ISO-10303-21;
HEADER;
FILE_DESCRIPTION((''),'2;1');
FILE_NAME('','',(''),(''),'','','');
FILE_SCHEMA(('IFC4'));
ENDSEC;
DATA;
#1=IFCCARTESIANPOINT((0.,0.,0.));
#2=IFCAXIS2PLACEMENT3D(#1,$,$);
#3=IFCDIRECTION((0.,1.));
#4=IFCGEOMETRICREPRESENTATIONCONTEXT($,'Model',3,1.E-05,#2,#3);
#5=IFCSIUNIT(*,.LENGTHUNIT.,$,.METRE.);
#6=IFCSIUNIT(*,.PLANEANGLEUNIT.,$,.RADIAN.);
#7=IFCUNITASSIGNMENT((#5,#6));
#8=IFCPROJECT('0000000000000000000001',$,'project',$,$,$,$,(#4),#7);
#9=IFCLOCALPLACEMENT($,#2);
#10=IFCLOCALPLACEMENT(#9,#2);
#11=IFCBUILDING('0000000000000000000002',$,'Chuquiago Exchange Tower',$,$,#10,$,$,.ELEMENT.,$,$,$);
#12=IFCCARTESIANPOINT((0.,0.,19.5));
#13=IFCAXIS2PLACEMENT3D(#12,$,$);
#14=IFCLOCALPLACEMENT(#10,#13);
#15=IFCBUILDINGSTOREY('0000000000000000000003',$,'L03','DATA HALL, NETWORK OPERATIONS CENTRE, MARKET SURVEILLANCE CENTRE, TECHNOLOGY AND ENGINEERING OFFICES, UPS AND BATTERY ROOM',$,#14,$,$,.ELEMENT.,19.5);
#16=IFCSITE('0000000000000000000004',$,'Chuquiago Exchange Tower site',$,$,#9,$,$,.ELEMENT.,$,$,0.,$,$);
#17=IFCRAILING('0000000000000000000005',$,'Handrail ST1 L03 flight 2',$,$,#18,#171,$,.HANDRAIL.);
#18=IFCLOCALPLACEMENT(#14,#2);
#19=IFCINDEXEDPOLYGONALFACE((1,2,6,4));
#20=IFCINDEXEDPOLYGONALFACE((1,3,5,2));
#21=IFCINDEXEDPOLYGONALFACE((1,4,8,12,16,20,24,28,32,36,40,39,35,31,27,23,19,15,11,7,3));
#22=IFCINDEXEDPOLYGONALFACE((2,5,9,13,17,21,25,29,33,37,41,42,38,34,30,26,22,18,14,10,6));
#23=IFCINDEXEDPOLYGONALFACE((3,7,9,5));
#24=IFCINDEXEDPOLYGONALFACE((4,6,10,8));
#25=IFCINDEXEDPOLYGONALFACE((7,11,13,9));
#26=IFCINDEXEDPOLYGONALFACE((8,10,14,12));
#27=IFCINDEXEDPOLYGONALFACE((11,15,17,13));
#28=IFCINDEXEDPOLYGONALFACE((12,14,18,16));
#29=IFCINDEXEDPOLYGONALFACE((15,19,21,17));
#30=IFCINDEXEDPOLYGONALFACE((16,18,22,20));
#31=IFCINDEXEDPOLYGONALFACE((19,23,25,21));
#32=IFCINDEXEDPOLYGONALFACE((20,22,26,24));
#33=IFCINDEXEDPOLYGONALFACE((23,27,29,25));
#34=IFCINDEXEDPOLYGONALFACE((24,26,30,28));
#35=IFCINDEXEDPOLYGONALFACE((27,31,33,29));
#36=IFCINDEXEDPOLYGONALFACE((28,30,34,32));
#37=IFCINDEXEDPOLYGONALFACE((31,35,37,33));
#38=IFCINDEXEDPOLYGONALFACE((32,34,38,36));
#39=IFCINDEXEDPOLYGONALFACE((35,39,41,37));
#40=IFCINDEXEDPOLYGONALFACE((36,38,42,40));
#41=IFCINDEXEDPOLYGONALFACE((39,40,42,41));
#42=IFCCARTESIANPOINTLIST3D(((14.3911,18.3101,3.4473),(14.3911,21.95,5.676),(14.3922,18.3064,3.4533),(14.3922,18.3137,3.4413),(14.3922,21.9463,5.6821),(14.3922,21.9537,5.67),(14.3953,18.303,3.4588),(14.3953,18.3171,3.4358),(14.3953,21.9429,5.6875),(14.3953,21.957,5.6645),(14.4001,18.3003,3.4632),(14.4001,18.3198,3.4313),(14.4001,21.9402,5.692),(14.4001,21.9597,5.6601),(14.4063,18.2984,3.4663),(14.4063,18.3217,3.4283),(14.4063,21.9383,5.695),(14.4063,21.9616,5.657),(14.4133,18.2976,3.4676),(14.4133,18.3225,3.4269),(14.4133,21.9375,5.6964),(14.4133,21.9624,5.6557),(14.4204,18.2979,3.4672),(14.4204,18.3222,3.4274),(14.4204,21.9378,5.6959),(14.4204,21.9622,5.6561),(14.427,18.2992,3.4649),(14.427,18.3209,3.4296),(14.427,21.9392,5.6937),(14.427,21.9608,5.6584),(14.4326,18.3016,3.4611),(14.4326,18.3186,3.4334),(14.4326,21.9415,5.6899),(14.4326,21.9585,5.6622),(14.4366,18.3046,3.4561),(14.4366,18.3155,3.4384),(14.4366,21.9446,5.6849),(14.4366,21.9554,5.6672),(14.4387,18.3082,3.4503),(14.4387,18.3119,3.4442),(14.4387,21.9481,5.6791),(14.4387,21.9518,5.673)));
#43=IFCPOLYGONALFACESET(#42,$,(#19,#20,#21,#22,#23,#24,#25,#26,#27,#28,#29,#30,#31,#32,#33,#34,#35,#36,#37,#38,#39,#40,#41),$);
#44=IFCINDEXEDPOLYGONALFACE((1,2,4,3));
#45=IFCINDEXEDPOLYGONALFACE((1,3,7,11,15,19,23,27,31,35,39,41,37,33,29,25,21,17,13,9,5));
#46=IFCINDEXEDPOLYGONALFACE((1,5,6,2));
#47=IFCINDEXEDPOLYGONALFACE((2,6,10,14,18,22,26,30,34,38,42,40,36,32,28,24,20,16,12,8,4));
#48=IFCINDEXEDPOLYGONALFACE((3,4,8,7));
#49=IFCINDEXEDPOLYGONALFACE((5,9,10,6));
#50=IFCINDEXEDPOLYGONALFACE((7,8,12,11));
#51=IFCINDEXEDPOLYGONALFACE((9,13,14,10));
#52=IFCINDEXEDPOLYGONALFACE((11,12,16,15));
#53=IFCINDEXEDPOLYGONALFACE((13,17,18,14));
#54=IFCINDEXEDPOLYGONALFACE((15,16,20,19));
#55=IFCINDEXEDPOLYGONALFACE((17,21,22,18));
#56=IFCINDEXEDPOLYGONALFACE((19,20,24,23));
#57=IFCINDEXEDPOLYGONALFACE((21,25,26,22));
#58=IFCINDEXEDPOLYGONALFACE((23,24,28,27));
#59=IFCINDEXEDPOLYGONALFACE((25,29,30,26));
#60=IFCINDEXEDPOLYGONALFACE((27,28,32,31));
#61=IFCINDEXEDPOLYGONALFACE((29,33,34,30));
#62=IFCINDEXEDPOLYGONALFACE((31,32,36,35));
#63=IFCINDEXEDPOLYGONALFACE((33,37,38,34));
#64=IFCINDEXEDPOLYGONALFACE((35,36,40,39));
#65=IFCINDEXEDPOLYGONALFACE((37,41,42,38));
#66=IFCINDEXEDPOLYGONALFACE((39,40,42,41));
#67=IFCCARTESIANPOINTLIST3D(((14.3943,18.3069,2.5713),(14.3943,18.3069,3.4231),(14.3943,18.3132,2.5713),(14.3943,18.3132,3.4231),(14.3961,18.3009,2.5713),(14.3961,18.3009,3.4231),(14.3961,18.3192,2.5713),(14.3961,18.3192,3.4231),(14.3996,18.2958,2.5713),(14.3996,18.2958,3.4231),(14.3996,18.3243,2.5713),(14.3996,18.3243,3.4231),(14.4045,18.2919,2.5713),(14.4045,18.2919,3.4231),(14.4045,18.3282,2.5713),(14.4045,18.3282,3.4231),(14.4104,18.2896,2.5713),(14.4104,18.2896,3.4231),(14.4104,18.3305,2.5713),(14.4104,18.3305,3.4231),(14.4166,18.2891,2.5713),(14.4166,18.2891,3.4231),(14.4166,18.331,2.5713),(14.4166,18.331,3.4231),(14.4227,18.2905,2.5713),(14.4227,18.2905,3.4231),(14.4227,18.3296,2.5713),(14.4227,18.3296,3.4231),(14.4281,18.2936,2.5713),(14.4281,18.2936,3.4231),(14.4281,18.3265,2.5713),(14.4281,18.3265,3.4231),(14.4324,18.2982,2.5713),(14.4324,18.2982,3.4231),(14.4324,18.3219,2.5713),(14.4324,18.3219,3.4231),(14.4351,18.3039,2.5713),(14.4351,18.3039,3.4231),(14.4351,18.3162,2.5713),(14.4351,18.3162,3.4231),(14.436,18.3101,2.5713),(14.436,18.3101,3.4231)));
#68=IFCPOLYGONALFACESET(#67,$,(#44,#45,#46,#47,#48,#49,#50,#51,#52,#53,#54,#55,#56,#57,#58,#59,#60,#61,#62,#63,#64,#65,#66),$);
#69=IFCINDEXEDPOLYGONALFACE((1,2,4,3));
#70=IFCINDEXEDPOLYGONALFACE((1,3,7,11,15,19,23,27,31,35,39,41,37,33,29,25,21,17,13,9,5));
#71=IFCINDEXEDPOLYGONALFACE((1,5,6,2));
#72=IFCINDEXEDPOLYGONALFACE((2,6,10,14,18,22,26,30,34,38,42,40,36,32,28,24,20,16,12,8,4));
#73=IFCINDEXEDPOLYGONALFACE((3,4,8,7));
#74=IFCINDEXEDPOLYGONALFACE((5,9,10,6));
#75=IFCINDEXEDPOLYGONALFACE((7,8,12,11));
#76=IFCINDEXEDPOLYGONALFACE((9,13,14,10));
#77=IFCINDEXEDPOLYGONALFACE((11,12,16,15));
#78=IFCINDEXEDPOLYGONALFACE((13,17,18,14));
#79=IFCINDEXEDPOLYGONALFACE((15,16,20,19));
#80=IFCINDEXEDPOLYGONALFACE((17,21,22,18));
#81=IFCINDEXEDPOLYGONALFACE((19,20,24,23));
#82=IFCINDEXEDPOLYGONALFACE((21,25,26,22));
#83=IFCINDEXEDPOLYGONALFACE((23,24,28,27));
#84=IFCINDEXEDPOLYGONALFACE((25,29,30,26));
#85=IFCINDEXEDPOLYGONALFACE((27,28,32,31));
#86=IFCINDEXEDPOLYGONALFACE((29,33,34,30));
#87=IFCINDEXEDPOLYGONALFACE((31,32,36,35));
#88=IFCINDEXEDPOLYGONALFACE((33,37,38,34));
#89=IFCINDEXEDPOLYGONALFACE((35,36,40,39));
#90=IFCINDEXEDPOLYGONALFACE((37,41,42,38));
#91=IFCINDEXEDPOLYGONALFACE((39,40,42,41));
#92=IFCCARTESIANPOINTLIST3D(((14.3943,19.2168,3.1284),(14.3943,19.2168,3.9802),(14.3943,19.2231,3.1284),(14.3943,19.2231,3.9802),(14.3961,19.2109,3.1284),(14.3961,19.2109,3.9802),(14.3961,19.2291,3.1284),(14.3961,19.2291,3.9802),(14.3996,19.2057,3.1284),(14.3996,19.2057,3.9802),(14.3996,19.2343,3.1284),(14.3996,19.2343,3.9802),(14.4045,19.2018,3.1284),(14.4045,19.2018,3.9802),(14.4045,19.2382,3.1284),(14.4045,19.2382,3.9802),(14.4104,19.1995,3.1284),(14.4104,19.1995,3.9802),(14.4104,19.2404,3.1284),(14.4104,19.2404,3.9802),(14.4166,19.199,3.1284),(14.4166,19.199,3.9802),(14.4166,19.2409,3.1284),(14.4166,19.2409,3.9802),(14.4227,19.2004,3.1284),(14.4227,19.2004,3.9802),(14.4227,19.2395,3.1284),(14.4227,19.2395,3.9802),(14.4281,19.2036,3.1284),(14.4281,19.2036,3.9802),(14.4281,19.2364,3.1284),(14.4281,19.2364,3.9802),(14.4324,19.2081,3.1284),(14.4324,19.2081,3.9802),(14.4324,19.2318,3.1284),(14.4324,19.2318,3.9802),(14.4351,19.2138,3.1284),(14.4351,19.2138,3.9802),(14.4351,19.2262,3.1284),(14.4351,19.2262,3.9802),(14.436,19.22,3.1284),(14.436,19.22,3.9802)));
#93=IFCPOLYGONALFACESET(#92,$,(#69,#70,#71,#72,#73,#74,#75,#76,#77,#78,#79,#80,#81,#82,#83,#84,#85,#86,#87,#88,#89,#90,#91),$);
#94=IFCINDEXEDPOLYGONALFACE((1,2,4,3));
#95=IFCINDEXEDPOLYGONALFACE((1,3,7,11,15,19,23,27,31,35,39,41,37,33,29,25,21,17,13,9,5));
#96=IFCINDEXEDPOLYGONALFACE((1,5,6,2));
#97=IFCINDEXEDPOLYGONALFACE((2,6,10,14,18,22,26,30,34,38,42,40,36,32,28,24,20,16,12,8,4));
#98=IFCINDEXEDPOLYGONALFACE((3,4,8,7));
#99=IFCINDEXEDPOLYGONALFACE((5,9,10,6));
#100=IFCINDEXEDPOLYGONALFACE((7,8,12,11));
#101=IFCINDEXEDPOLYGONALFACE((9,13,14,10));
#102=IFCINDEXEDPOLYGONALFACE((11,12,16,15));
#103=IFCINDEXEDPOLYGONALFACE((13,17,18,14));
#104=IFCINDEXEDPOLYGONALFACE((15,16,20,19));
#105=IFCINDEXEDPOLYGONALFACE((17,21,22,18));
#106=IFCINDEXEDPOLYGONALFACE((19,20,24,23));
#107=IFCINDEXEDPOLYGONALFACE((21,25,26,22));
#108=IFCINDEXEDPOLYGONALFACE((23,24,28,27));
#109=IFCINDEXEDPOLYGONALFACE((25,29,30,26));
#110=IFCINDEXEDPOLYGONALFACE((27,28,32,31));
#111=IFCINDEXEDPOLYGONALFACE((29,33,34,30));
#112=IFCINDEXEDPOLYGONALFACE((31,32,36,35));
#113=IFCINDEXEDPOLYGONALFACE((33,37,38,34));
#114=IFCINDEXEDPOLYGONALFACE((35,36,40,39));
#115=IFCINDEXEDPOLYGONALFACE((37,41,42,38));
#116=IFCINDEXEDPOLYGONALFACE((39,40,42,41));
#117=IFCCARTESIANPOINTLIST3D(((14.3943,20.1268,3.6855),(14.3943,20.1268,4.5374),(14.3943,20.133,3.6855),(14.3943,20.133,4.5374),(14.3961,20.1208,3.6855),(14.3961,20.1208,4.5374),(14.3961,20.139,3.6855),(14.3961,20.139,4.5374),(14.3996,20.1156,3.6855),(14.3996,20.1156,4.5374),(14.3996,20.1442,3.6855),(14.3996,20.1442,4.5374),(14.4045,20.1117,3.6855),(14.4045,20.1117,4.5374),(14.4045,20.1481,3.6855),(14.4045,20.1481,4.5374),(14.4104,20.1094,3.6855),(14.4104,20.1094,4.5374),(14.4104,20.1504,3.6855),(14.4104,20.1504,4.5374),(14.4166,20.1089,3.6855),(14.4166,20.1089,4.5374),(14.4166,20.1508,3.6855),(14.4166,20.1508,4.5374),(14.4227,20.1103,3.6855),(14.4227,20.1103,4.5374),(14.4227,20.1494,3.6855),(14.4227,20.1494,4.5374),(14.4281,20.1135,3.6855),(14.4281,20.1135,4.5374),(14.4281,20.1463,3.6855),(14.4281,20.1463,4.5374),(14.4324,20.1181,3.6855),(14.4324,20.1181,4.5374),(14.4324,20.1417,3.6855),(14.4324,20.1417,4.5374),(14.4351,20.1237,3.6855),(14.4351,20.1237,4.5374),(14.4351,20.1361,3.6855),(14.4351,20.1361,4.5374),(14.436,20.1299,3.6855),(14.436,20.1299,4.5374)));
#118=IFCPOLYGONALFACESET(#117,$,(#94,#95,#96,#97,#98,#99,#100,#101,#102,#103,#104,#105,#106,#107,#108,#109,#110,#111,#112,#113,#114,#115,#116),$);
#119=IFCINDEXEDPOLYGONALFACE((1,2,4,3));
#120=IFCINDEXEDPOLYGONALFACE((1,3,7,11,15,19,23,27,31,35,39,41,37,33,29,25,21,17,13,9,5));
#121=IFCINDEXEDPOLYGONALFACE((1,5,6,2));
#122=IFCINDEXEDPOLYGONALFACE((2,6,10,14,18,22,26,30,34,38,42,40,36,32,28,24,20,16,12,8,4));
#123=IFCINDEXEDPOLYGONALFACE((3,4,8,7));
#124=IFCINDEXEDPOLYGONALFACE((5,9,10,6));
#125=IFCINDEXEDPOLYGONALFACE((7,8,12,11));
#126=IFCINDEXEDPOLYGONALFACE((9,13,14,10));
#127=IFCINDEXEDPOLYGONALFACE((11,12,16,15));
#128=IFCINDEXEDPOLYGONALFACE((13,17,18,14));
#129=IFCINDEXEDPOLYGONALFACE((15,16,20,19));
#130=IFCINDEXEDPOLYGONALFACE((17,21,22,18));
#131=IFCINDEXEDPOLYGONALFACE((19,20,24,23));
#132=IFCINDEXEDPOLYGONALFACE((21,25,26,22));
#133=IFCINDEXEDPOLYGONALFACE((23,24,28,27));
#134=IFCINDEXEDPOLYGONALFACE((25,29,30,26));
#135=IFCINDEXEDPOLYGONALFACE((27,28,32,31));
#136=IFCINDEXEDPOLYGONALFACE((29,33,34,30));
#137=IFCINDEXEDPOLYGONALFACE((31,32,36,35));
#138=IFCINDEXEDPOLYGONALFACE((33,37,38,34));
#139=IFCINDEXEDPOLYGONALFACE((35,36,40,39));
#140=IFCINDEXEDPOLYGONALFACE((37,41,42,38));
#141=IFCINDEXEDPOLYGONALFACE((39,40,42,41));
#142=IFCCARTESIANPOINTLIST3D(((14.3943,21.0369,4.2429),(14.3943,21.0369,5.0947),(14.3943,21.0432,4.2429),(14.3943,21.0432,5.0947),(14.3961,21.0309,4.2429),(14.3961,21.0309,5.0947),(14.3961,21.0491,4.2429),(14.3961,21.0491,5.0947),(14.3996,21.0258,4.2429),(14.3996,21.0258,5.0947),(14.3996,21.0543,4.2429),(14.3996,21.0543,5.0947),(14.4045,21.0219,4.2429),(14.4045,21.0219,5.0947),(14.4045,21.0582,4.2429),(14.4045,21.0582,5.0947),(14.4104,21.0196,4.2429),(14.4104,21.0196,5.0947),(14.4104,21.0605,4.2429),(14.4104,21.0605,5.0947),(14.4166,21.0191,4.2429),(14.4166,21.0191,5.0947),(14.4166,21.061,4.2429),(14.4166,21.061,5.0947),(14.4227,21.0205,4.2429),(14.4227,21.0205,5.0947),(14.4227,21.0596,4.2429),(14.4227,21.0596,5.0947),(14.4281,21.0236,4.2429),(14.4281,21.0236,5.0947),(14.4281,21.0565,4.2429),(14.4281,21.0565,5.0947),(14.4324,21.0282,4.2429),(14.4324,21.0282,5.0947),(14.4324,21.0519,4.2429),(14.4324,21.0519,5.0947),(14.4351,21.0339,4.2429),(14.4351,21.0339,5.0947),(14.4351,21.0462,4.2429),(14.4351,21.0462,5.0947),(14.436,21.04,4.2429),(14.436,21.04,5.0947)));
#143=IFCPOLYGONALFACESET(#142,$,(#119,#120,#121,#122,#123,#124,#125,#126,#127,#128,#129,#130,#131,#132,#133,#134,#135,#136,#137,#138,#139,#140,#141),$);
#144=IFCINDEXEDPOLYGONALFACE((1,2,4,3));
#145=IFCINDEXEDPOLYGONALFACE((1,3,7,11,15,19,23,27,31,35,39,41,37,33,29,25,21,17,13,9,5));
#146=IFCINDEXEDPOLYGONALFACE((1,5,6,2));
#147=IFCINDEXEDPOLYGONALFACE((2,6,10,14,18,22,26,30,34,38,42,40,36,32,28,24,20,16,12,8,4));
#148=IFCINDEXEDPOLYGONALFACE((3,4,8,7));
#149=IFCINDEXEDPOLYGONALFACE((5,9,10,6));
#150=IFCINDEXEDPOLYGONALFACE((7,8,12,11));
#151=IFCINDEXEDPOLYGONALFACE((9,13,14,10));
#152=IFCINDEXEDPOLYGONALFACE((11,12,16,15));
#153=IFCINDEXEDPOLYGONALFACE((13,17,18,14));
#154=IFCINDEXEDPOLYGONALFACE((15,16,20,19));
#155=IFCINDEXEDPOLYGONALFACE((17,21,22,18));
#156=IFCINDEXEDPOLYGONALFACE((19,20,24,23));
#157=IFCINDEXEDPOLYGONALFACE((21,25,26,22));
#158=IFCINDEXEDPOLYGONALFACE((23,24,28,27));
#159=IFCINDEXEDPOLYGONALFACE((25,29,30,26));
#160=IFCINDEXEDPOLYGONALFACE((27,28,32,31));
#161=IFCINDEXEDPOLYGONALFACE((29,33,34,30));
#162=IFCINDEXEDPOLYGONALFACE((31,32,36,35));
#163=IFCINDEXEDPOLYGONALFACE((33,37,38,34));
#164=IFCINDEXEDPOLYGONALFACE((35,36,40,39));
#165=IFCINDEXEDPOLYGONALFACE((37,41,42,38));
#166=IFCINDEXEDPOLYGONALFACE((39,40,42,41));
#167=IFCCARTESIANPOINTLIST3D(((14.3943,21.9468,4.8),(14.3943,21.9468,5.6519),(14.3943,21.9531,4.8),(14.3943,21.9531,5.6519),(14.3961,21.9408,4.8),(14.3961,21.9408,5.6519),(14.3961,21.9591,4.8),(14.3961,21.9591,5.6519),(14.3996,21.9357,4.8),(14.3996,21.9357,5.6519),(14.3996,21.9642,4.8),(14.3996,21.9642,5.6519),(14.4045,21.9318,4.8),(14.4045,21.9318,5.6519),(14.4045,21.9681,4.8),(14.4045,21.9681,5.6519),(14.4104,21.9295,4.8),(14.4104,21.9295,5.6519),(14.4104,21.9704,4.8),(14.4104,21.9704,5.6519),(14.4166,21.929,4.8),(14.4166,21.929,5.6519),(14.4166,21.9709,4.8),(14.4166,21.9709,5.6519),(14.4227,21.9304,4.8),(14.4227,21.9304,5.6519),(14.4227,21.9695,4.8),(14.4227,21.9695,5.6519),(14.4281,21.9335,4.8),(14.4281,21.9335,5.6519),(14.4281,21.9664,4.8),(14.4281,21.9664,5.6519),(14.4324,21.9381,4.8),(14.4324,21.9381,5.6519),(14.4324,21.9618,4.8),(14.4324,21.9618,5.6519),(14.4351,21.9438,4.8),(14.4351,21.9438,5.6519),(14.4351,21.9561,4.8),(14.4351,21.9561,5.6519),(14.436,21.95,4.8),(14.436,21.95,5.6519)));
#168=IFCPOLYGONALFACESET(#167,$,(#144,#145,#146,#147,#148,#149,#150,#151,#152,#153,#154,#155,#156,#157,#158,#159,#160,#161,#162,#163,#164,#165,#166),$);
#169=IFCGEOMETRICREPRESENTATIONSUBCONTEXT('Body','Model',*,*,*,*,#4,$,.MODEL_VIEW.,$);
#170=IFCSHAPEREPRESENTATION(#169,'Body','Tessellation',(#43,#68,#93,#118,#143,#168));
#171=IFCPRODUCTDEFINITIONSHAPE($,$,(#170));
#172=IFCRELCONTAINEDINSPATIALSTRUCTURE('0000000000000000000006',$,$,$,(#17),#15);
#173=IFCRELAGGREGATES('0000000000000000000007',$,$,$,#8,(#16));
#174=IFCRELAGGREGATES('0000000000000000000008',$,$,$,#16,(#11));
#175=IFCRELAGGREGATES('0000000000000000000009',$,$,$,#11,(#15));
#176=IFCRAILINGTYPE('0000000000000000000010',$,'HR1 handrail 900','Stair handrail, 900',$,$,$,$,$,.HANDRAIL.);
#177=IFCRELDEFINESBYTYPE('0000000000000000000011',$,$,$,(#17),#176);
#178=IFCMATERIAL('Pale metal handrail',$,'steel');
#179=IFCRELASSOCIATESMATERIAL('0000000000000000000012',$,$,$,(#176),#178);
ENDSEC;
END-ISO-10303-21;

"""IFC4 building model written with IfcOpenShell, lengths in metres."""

from ifc_helpers import new_model, si_unit, direction, frame, origin, origin_2d, place, context, subcontext, project, spatial, circle, extrude, material, type_object, element, save


model = new_model("IFC4")

# Units and contexts
model_context = context("Model", 3, precision=1e-05, world=origin(), true_north=direction((0.0, 1.0)))
body_context = subcontext(model_context, "Body", "Model", "MODEL_VIEW")
ifc_project = project(units=[si_unit("LENGTHUNIT", "METRE"), si_unit("PLANEANGLEUNIT", "RADIAN")], contexts=[model_context])

# Site, building, storey
site_placement = place(None, origin())
site = spatial("IfcSite", under=ifc_project, at=site_placement, Name="Chuquiago Exchange Tower site", CompositionType="ELEMENT", RefElevation=0.0)
building_placement = place(site_placement, origin())
building = spatial("IfcBuilding", under=site, at=building_placement, Name="Chuquiago Exchange Tower", CompositionType="ELEMENT")
storey_placement = place(building_placement, frame((0.0, 0.0, 19.5)))
storey = spatial("IfcBuildingStorey", under=building, at=storey_placement, Name="L03", Description="DATA HALL, NETWORK OPERATIONS CENTRE, MARKET SURVEILLANCE CENTRE, TECHNOLOGY AND ENGINEERING OFFICES, UPS AND BATTERY ROOM", CompositionType="ELEMENT", Elevation=19.5)

# Railing
ifc_material_1 = material(Name="Pale metal handrail", Category="steel")
railing_type = type_object("IfcRailingType", Name="HR1 handrail 900", Description="Stair handrail, 900", PredefinedType="HANDRAIL", material=ifc_material_1)
for number, where, name in (
    (1, (14.415, 18.3101, 2.5713), "Handrail ST1 L03 flight 2"),
):
    element("IfcRailing", number, at=place(storey_placement, frame(where)), inside=storey, type_object=railing_type, Name=name, PredefinedType="HANDRAIL", context=body_context, shape_type="SweptSolid", body=[
        extrude(circle(Radius=0.0239, at=origin_2d()), frame((0.0, 0.0, 0.876), z_axis=(0.0, 0.852825, 0.522197), x_axis=(-1.0, 0.0, 0.0)), (0.0, 0.0, 1.0), 4.2681),
        extrude(circle(Radius=0.021, at=origin_2d()), origin(), (0.0, 0.0, 1.0), 0.8518),
        extrude(circle(Radius=0.021, at=origin_2d()), frame((0.0, 0.9099, 0.5571)), (0.0, 0.0, 1.0), 0.8518),
        extrude(circle(Radius=0.021, at=origin_2d()), frame((0.0, 1.8198, 1.1143)), (0.0, 0.0, 1.0), 0.8518),
        extrude(circle(Radius=0.021, at=origin_2d()), frame((0.0, 2.73, 1.6716)), (0.0, 0.0, 1.0), 0.8518),
        extrude(circle(Radius=0.021, at=origin_2d()), frame((0.0, 3.6399, 2.2288)), (0.0, 0.0, 1.0), 0.8518),
    ])

save(model, "model.ifc")
